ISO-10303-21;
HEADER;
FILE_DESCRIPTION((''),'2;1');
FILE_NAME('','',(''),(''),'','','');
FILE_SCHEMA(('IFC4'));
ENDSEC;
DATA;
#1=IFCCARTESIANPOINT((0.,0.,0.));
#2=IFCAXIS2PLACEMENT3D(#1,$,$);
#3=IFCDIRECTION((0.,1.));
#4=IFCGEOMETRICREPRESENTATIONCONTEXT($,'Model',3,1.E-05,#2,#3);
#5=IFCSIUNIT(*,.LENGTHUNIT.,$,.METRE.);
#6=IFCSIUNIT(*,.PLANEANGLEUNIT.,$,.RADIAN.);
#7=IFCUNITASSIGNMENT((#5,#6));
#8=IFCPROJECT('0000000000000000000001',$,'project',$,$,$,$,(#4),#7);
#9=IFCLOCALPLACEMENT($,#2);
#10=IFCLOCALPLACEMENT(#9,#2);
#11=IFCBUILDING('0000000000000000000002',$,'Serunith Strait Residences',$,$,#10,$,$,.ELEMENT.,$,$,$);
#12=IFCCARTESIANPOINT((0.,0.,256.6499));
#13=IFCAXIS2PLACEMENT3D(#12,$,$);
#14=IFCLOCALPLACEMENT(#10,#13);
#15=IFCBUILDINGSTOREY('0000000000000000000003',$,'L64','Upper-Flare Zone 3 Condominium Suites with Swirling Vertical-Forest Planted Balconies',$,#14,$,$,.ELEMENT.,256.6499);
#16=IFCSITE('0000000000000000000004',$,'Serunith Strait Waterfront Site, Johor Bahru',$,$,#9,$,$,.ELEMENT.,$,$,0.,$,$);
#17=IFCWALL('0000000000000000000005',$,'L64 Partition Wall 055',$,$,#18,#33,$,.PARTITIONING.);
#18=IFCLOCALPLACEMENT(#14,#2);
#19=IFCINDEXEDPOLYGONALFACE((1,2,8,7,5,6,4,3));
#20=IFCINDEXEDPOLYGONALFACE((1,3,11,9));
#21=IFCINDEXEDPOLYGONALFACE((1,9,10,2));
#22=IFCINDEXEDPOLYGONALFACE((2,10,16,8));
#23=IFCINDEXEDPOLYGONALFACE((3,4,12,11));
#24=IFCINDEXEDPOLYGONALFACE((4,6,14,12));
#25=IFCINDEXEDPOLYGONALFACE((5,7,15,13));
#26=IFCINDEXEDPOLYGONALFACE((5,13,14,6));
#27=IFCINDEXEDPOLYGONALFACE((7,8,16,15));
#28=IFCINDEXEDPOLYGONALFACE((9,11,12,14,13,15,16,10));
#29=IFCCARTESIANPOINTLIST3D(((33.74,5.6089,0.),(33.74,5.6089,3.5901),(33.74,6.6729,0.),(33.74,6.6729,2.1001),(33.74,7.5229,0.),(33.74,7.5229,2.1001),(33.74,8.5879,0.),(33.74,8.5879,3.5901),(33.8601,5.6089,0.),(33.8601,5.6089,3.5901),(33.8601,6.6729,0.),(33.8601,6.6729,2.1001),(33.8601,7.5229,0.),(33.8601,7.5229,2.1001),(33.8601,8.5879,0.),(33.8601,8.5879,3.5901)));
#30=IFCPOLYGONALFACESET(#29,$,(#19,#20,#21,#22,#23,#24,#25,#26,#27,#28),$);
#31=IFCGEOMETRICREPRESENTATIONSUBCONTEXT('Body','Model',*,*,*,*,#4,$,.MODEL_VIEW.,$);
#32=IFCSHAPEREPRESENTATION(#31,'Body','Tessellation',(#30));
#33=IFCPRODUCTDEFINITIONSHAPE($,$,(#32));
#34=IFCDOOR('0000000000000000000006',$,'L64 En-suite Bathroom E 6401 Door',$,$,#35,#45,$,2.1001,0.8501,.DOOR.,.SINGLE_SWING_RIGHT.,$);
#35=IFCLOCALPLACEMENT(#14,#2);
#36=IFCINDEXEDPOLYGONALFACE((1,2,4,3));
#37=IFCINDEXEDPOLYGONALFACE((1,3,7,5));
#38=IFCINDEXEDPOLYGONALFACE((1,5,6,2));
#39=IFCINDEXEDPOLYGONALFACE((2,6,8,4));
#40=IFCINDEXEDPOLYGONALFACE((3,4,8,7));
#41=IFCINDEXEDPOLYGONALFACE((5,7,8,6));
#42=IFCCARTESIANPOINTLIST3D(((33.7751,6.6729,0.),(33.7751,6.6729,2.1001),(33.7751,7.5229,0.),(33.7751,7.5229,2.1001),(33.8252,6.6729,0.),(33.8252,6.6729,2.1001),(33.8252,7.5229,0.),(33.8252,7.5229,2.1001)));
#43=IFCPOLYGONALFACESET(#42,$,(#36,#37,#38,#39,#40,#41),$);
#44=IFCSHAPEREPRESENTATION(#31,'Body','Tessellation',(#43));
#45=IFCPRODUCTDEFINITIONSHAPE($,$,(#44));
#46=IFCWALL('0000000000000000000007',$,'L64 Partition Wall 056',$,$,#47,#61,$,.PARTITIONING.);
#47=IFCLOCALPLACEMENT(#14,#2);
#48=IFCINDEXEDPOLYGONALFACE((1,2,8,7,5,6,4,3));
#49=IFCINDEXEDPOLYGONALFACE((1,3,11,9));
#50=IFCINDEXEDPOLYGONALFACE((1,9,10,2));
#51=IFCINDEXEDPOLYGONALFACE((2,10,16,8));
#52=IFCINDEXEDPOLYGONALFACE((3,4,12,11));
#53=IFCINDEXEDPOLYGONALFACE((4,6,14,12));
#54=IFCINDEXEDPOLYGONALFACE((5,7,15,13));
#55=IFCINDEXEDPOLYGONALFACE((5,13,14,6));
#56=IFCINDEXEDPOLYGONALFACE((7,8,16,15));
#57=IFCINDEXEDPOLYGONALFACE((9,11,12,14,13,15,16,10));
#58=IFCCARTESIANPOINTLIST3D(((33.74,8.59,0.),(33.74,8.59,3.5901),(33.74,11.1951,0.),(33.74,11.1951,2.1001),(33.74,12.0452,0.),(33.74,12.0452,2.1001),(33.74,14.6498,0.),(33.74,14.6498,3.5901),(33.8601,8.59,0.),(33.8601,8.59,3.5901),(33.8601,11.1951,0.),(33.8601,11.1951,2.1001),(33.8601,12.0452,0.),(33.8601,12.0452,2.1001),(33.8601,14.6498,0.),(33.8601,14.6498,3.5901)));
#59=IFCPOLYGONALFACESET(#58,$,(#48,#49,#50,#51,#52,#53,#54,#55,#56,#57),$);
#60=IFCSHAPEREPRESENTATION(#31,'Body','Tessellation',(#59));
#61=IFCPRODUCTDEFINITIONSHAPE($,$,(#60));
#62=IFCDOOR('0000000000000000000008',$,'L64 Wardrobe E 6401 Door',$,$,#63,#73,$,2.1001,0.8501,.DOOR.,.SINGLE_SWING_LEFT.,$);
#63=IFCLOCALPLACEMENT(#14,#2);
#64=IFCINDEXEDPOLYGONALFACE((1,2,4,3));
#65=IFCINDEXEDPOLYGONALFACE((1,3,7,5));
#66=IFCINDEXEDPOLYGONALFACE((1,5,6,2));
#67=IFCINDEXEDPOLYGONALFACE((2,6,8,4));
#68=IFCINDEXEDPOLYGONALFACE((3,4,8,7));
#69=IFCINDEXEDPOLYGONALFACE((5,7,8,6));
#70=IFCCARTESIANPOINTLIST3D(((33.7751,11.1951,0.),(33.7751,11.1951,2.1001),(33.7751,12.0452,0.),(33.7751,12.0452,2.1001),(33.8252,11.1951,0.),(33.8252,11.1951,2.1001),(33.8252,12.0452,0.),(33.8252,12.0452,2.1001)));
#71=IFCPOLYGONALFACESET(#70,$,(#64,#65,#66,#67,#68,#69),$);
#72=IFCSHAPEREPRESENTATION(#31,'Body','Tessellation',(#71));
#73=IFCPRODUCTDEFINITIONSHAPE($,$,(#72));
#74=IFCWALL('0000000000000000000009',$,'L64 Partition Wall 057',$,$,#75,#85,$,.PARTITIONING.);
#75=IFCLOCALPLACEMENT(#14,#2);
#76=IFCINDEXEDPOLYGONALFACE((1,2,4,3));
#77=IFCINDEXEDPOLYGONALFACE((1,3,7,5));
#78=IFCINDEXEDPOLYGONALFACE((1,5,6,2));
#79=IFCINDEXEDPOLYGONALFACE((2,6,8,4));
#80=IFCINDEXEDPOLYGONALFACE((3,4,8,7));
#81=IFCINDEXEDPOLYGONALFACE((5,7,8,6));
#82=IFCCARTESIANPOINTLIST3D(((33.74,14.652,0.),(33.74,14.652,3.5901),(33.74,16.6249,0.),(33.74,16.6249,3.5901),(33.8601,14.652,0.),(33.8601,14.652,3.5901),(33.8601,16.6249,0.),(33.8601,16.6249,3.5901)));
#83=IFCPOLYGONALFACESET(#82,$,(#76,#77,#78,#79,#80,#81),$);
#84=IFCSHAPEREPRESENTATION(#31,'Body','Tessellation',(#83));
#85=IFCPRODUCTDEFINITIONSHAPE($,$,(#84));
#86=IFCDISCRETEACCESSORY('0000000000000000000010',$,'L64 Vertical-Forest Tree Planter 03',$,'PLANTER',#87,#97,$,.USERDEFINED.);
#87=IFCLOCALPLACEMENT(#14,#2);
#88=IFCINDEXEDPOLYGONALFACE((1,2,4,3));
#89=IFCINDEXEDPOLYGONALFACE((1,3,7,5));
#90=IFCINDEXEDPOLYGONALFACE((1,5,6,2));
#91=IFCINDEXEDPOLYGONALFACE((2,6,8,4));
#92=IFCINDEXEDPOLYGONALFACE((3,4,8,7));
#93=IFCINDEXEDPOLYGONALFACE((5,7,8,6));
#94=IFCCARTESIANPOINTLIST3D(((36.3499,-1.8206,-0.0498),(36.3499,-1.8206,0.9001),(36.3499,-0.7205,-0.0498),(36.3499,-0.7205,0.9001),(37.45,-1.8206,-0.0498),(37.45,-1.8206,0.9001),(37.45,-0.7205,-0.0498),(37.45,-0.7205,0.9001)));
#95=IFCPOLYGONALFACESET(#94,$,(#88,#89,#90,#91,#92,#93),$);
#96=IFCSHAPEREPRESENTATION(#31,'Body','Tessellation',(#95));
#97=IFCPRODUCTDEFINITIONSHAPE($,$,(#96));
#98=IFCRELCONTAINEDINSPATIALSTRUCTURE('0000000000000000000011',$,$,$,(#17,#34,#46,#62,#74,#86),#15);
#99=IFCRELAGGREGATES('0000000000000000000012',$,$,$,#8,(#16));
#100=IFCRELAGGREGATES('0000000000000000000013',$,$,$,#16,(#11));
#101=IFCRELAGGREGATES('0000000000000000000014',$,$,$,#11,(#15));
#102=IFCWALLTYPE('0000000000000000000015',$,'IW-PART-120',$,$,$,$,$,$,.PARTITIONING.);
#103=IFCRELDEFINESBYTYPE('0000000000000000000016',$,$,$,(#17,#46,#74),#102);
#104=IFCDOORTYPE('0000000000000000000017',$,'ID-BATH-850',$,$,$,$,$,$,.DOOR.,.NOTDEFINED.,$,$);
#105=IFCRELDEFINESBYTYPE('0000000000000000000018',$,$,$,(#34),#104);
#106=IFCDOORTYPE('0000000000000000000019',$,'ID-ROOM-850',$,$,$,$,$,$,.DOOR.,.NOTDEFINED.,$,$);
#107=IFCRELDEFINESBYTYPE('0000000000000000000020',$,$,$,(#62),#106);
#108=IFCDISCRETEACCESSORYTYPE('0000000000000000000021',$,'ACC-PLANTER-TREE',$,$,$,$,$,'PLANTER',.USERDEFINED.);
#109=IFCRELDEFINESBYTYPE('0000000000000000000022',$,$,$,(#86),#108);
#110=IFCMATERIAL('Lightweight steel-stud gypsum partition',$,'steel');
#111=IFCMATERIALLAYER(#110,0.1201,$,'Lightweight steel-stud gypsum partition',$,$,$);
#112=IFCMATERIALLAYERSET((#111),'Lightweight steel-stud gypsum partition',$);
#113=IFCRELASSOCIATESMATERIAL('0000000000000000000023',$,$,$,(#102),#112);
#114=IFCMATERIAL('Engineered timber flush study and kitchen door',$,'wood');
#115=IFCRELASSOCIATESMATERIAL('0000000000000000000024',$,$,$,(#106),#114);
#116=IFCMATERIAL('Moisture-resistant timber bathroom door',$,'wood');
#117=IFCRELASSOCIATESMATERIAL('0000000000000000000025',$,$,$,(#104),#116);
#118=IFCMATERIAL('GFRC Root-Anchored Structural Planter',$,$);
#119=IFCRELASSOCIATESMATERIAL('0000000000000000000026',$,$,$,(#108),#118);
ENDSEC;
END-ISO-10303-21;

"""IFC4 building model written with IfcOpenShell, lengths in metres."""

from ifc_helpers import new_model, si_unit, direction, frame, frame_2d, origin, origin_2d, place, context, subcontext, project, spatial, rectangle, extrude, source, transform, mapped, material, layer, layer_set, type_object, element, fill, save


model = new_model("IFC4")

# Units and contexts
model_context = context("Model", 3, precision=1e-05, world=origin(), true_north=direction((0.0, 1.0)))
body_context = subcontext(model_context, "Body", "Model", "MODEL_VIEW")
ifc_project = project(units=[si_unit("LENGTHUNIT", "METRE"), si_unit("PLANEANGLEUNIT", "RADIAN")], contexts=[model_context])

# Site, building, storey
site_placement = place(None, origin())
site = spatial("IfcSite", under=ifc_project, at=site_placement, Name="Serunith Strait Waterfront Site, Johor Bahru", CompositionType="ELEMENT", RefElevation=0.0)
building_placement = place(site_placement, origin())
building = spatial("IfcBuilding", under=site, at=building_placement, Name="Serunith Strait Residences", CompositionType="ELEMENT")
storey_placement = place(building_placement, frame((0.0, 0.0, 256.6499)))
storey = spatial("IfcBuildingStorey", under=building, at=storey_placement, Name="L64", Description="Upper-Flare Zone 3 Condominium Suites with Swirling Vertical-Forest Planted Balconies", CompositionType="ELEMENT", Elevation=256.6499)

# Shared definitions
ifc_material_1 = material(Name="Lightweight steel-stud gypsum partition", Category="steel")
ifc_layer_1 = layer(ifc_material_1, 0.1201, Name="Lightweight steel-stud gypsum partition")
ifc_layer_set_1 = layer_set([ifc_layer_1], Name="Lightweight steel-stud gypsum partition")
wall_type_1 = type_object("IfcWallType", Name="IW-PART-120", PredefinedType="PARTITIONING", material=ifc_layer_set_1)

# Shared definitions
ifc_material_2 = material(Name="Engineered timber flush study and kitchen door", Category="wood")
door_type_1 = type_object("IfcDoorType", Name="ID-ROOM-850", OperationType="NOTDEFINED", PredefinedType="DOOR", material=ifc_material_2)
shared_shape_1 = source(origin(), body_context, "Body", "SweptSolid", [
    extrude(rectangle(XDim=0.8501, YDim=2.1001, at=frame_2d((0.425, 1.05))), frame((0.0, 0.0249, 0.0), z_axis=(0.0, -1.0, 0.0), x_axis=(1.0, 0.0, 0.0)), (0.0, 0.0, 1.0), 0.05),
])

# Walls, openings, doors
wall_1_placement = place(storey_placement, frame((33.8, 5.6089, 0.0), z_axis=(0.0, 0.0, 1.0), x_axis=(0.0, 1.0, 0.0)))
wall_1 = element("IfcWall", 1, at=wall_1_placement, inside=storey, type_object=wall_type_1, Name="L64 Partition Wall 055", PredefinedType="PARTITIONING", context=body_context, shape_type="SweptSolid", body=[
    extrude(rectangle(XDim=2.979, YDim=0.1201, at=frame_2d((1.4895, 0.0))), origin(), (0.0, 0.0, 1.0), 3.5901),
])
opening_1_placement = place(wall_1_placement, frame((1.064, 0.0, 0.0)))
opening_1 = element("IfcOpeningElement", 2, at=opening_1_placement, cuts=wall_1, PredefinedType="OPENING", context=body_context, shape_type="SweptSolid", body=[
    extrude(rectangle(XDim=0.8501, YDim=2.1001, at=frame_2d((0.425, 1.05))), frame((0.0, 0.0701, 0.0), z_axis=(0.0, -1.0, 0.0), x_axis=(1.0, 0.0, 0.0)), (0.0, 0.0, 1.0), 0.1401),
])
ifc_material_3 = material(Name="Moisture-resistant timber bathroom door", Category="wood")
door_type_2 = type_object("IfcDoorType", Name="ID-BATH-850", OperationType="NOTDEFINED", PredefinedType="DOOR", material=ifc_material_3)
door_1_placement = place(opening_1_placement, origin())
door_1 = element("IfcDoor", 3, at=door_1_placement, inside=storey, type_object=door_type_2, Name="L64 En-suite Bathroom E 6401 Door", OperationType="SINGLE_SWING_RIGHT", OverallHeight=2.1001, OverallWidth=0.8501, PredefinedType="DOOR", context=body_context, shape_type="MappedRepresentation", body=[
    mapped(shared_shape_1, transform((0.0, 0.0, 0.0), scale=1.0)),
])
fill(opening_1, door_1)
wall_2_placement = place(storey_placement, frame((33.8, 8.5901, 0.0), z_axis=(0.0, 0.0, 1.0), x_axis=(0.0, 1.0, 0.0)))
wall_2 = element("IfcWall", 4, at=wall_2_placement, inside=storey, type_object=wall_type_1, Name="L64 Partition Wall 056", PredefinedType="PARTITIONING", context=body_context, shape_type="SweptSolid", body=[
    extrude(rectangle(XDim=6.0598, YDim=0.1201, at=frame_2d((3.0298, 0.0))), origin(), (0.0, 0.0, 1.0), 3.5901),
])
opening_2_placement = place(wall_2_placement, frame((2.605, 0.0, 0.0)))
opening_2 = element("IfcOpeningElement", 5, at=opening_2_placement, cuts=wall_2, PredefinedType="OPENING", context=body_context, shape_type="SweptSolid", body=[
    extrude(rectangle(XDim=0.8501, YDim=2.1001, at=frame_2d((0.425, 1.05))), frame((0.0, 0.0701, 0.0), z_axis=(0.0, -1.0, 0.0), x_axis=(1.0, 0.0, 0.0)), (0.0, 0.0, 1.0), 0.1401),
])
door_2_placement = place(opening_2_placement, origin())
door_2 = element("IfcDoor", 6, at=door_2_placement, inside=storey, type_object=door_type_1, Name="L64 Wardrobe E 6401 Door", OperationType="SINGLE_SWING_LEFT", OverallHeight=2.1001, OverallWidth=0.8501, PredefinedType="DOOR", context=body_context, shape_type="MappedRepresentation", body=[
    mapped(shared_shape_1, transform((0.0, 0.0, 0.0), scale=1.0)),
])
fill(opening_2, door_2)

# Wall
wall_3_placement = place(storey_placement, frame((33.8, 14.6521, 0.0), z_axis=(0.0, 0.0, 1.0), x_axis=(0.0, 1.0, 0.0)))
element("IfcWall", 7, at=wall_3_placement, inside=storey, type_object=wall_type_1, Name="L64 Partition Wall 057", PredefinedType="PARTITIONING", context=body_context, shape_type="SweptSolid", body=[
    extrude(rectangle(XDim=1.9729, YDim=0.1201, at=frame_2d((0.9863, 0.0))), origin(), (0.0, 0.0, 1.0), 3.5901),
])

# Discrete accessory
ifc_material_4 = material(Name="GFRC Root-Anchored Structural Planter")
discrete_accessory_type = type_object("IfcDiscreteAccessoryType", Name="ACC-PLANTER-TREE", ElementType="PLANTER", PredefinedType="USERDEFINED", material=ifc_material_4)
shared_shape_2 = source(origin(), body_context, "Body", "SweptSolid", [
    extrude(rectangle(XDim=1.1001, YDim=1.1001, at=origin_2d()), origin(), (0.0, 0.0, 1.0), 0.95),
])
discrete_accessory_placement = place(storey_placement, frame((36.8999, -1.2705, -0.0498), z_axis=(0.0, 0.0, 1.0), x_axis=(1.0, 0.0, 0.0)))
element("IfcDiscreteAccessory", 8, at=discrete_accessory_placement, inside=storey, type_object=discrete_accessory_type, Name="L64 Vertical-Forest Tree Planter 03", ObjectType="PLANTER", PredefinedType="USERDEFINED", context=body_context, shape_type="MappedRepresentation", body=[
    mapped(shared_shape_2, transform((0.0, 0.0, 0.0), scale=1.0)),
])

save(model, "model.ifc")
